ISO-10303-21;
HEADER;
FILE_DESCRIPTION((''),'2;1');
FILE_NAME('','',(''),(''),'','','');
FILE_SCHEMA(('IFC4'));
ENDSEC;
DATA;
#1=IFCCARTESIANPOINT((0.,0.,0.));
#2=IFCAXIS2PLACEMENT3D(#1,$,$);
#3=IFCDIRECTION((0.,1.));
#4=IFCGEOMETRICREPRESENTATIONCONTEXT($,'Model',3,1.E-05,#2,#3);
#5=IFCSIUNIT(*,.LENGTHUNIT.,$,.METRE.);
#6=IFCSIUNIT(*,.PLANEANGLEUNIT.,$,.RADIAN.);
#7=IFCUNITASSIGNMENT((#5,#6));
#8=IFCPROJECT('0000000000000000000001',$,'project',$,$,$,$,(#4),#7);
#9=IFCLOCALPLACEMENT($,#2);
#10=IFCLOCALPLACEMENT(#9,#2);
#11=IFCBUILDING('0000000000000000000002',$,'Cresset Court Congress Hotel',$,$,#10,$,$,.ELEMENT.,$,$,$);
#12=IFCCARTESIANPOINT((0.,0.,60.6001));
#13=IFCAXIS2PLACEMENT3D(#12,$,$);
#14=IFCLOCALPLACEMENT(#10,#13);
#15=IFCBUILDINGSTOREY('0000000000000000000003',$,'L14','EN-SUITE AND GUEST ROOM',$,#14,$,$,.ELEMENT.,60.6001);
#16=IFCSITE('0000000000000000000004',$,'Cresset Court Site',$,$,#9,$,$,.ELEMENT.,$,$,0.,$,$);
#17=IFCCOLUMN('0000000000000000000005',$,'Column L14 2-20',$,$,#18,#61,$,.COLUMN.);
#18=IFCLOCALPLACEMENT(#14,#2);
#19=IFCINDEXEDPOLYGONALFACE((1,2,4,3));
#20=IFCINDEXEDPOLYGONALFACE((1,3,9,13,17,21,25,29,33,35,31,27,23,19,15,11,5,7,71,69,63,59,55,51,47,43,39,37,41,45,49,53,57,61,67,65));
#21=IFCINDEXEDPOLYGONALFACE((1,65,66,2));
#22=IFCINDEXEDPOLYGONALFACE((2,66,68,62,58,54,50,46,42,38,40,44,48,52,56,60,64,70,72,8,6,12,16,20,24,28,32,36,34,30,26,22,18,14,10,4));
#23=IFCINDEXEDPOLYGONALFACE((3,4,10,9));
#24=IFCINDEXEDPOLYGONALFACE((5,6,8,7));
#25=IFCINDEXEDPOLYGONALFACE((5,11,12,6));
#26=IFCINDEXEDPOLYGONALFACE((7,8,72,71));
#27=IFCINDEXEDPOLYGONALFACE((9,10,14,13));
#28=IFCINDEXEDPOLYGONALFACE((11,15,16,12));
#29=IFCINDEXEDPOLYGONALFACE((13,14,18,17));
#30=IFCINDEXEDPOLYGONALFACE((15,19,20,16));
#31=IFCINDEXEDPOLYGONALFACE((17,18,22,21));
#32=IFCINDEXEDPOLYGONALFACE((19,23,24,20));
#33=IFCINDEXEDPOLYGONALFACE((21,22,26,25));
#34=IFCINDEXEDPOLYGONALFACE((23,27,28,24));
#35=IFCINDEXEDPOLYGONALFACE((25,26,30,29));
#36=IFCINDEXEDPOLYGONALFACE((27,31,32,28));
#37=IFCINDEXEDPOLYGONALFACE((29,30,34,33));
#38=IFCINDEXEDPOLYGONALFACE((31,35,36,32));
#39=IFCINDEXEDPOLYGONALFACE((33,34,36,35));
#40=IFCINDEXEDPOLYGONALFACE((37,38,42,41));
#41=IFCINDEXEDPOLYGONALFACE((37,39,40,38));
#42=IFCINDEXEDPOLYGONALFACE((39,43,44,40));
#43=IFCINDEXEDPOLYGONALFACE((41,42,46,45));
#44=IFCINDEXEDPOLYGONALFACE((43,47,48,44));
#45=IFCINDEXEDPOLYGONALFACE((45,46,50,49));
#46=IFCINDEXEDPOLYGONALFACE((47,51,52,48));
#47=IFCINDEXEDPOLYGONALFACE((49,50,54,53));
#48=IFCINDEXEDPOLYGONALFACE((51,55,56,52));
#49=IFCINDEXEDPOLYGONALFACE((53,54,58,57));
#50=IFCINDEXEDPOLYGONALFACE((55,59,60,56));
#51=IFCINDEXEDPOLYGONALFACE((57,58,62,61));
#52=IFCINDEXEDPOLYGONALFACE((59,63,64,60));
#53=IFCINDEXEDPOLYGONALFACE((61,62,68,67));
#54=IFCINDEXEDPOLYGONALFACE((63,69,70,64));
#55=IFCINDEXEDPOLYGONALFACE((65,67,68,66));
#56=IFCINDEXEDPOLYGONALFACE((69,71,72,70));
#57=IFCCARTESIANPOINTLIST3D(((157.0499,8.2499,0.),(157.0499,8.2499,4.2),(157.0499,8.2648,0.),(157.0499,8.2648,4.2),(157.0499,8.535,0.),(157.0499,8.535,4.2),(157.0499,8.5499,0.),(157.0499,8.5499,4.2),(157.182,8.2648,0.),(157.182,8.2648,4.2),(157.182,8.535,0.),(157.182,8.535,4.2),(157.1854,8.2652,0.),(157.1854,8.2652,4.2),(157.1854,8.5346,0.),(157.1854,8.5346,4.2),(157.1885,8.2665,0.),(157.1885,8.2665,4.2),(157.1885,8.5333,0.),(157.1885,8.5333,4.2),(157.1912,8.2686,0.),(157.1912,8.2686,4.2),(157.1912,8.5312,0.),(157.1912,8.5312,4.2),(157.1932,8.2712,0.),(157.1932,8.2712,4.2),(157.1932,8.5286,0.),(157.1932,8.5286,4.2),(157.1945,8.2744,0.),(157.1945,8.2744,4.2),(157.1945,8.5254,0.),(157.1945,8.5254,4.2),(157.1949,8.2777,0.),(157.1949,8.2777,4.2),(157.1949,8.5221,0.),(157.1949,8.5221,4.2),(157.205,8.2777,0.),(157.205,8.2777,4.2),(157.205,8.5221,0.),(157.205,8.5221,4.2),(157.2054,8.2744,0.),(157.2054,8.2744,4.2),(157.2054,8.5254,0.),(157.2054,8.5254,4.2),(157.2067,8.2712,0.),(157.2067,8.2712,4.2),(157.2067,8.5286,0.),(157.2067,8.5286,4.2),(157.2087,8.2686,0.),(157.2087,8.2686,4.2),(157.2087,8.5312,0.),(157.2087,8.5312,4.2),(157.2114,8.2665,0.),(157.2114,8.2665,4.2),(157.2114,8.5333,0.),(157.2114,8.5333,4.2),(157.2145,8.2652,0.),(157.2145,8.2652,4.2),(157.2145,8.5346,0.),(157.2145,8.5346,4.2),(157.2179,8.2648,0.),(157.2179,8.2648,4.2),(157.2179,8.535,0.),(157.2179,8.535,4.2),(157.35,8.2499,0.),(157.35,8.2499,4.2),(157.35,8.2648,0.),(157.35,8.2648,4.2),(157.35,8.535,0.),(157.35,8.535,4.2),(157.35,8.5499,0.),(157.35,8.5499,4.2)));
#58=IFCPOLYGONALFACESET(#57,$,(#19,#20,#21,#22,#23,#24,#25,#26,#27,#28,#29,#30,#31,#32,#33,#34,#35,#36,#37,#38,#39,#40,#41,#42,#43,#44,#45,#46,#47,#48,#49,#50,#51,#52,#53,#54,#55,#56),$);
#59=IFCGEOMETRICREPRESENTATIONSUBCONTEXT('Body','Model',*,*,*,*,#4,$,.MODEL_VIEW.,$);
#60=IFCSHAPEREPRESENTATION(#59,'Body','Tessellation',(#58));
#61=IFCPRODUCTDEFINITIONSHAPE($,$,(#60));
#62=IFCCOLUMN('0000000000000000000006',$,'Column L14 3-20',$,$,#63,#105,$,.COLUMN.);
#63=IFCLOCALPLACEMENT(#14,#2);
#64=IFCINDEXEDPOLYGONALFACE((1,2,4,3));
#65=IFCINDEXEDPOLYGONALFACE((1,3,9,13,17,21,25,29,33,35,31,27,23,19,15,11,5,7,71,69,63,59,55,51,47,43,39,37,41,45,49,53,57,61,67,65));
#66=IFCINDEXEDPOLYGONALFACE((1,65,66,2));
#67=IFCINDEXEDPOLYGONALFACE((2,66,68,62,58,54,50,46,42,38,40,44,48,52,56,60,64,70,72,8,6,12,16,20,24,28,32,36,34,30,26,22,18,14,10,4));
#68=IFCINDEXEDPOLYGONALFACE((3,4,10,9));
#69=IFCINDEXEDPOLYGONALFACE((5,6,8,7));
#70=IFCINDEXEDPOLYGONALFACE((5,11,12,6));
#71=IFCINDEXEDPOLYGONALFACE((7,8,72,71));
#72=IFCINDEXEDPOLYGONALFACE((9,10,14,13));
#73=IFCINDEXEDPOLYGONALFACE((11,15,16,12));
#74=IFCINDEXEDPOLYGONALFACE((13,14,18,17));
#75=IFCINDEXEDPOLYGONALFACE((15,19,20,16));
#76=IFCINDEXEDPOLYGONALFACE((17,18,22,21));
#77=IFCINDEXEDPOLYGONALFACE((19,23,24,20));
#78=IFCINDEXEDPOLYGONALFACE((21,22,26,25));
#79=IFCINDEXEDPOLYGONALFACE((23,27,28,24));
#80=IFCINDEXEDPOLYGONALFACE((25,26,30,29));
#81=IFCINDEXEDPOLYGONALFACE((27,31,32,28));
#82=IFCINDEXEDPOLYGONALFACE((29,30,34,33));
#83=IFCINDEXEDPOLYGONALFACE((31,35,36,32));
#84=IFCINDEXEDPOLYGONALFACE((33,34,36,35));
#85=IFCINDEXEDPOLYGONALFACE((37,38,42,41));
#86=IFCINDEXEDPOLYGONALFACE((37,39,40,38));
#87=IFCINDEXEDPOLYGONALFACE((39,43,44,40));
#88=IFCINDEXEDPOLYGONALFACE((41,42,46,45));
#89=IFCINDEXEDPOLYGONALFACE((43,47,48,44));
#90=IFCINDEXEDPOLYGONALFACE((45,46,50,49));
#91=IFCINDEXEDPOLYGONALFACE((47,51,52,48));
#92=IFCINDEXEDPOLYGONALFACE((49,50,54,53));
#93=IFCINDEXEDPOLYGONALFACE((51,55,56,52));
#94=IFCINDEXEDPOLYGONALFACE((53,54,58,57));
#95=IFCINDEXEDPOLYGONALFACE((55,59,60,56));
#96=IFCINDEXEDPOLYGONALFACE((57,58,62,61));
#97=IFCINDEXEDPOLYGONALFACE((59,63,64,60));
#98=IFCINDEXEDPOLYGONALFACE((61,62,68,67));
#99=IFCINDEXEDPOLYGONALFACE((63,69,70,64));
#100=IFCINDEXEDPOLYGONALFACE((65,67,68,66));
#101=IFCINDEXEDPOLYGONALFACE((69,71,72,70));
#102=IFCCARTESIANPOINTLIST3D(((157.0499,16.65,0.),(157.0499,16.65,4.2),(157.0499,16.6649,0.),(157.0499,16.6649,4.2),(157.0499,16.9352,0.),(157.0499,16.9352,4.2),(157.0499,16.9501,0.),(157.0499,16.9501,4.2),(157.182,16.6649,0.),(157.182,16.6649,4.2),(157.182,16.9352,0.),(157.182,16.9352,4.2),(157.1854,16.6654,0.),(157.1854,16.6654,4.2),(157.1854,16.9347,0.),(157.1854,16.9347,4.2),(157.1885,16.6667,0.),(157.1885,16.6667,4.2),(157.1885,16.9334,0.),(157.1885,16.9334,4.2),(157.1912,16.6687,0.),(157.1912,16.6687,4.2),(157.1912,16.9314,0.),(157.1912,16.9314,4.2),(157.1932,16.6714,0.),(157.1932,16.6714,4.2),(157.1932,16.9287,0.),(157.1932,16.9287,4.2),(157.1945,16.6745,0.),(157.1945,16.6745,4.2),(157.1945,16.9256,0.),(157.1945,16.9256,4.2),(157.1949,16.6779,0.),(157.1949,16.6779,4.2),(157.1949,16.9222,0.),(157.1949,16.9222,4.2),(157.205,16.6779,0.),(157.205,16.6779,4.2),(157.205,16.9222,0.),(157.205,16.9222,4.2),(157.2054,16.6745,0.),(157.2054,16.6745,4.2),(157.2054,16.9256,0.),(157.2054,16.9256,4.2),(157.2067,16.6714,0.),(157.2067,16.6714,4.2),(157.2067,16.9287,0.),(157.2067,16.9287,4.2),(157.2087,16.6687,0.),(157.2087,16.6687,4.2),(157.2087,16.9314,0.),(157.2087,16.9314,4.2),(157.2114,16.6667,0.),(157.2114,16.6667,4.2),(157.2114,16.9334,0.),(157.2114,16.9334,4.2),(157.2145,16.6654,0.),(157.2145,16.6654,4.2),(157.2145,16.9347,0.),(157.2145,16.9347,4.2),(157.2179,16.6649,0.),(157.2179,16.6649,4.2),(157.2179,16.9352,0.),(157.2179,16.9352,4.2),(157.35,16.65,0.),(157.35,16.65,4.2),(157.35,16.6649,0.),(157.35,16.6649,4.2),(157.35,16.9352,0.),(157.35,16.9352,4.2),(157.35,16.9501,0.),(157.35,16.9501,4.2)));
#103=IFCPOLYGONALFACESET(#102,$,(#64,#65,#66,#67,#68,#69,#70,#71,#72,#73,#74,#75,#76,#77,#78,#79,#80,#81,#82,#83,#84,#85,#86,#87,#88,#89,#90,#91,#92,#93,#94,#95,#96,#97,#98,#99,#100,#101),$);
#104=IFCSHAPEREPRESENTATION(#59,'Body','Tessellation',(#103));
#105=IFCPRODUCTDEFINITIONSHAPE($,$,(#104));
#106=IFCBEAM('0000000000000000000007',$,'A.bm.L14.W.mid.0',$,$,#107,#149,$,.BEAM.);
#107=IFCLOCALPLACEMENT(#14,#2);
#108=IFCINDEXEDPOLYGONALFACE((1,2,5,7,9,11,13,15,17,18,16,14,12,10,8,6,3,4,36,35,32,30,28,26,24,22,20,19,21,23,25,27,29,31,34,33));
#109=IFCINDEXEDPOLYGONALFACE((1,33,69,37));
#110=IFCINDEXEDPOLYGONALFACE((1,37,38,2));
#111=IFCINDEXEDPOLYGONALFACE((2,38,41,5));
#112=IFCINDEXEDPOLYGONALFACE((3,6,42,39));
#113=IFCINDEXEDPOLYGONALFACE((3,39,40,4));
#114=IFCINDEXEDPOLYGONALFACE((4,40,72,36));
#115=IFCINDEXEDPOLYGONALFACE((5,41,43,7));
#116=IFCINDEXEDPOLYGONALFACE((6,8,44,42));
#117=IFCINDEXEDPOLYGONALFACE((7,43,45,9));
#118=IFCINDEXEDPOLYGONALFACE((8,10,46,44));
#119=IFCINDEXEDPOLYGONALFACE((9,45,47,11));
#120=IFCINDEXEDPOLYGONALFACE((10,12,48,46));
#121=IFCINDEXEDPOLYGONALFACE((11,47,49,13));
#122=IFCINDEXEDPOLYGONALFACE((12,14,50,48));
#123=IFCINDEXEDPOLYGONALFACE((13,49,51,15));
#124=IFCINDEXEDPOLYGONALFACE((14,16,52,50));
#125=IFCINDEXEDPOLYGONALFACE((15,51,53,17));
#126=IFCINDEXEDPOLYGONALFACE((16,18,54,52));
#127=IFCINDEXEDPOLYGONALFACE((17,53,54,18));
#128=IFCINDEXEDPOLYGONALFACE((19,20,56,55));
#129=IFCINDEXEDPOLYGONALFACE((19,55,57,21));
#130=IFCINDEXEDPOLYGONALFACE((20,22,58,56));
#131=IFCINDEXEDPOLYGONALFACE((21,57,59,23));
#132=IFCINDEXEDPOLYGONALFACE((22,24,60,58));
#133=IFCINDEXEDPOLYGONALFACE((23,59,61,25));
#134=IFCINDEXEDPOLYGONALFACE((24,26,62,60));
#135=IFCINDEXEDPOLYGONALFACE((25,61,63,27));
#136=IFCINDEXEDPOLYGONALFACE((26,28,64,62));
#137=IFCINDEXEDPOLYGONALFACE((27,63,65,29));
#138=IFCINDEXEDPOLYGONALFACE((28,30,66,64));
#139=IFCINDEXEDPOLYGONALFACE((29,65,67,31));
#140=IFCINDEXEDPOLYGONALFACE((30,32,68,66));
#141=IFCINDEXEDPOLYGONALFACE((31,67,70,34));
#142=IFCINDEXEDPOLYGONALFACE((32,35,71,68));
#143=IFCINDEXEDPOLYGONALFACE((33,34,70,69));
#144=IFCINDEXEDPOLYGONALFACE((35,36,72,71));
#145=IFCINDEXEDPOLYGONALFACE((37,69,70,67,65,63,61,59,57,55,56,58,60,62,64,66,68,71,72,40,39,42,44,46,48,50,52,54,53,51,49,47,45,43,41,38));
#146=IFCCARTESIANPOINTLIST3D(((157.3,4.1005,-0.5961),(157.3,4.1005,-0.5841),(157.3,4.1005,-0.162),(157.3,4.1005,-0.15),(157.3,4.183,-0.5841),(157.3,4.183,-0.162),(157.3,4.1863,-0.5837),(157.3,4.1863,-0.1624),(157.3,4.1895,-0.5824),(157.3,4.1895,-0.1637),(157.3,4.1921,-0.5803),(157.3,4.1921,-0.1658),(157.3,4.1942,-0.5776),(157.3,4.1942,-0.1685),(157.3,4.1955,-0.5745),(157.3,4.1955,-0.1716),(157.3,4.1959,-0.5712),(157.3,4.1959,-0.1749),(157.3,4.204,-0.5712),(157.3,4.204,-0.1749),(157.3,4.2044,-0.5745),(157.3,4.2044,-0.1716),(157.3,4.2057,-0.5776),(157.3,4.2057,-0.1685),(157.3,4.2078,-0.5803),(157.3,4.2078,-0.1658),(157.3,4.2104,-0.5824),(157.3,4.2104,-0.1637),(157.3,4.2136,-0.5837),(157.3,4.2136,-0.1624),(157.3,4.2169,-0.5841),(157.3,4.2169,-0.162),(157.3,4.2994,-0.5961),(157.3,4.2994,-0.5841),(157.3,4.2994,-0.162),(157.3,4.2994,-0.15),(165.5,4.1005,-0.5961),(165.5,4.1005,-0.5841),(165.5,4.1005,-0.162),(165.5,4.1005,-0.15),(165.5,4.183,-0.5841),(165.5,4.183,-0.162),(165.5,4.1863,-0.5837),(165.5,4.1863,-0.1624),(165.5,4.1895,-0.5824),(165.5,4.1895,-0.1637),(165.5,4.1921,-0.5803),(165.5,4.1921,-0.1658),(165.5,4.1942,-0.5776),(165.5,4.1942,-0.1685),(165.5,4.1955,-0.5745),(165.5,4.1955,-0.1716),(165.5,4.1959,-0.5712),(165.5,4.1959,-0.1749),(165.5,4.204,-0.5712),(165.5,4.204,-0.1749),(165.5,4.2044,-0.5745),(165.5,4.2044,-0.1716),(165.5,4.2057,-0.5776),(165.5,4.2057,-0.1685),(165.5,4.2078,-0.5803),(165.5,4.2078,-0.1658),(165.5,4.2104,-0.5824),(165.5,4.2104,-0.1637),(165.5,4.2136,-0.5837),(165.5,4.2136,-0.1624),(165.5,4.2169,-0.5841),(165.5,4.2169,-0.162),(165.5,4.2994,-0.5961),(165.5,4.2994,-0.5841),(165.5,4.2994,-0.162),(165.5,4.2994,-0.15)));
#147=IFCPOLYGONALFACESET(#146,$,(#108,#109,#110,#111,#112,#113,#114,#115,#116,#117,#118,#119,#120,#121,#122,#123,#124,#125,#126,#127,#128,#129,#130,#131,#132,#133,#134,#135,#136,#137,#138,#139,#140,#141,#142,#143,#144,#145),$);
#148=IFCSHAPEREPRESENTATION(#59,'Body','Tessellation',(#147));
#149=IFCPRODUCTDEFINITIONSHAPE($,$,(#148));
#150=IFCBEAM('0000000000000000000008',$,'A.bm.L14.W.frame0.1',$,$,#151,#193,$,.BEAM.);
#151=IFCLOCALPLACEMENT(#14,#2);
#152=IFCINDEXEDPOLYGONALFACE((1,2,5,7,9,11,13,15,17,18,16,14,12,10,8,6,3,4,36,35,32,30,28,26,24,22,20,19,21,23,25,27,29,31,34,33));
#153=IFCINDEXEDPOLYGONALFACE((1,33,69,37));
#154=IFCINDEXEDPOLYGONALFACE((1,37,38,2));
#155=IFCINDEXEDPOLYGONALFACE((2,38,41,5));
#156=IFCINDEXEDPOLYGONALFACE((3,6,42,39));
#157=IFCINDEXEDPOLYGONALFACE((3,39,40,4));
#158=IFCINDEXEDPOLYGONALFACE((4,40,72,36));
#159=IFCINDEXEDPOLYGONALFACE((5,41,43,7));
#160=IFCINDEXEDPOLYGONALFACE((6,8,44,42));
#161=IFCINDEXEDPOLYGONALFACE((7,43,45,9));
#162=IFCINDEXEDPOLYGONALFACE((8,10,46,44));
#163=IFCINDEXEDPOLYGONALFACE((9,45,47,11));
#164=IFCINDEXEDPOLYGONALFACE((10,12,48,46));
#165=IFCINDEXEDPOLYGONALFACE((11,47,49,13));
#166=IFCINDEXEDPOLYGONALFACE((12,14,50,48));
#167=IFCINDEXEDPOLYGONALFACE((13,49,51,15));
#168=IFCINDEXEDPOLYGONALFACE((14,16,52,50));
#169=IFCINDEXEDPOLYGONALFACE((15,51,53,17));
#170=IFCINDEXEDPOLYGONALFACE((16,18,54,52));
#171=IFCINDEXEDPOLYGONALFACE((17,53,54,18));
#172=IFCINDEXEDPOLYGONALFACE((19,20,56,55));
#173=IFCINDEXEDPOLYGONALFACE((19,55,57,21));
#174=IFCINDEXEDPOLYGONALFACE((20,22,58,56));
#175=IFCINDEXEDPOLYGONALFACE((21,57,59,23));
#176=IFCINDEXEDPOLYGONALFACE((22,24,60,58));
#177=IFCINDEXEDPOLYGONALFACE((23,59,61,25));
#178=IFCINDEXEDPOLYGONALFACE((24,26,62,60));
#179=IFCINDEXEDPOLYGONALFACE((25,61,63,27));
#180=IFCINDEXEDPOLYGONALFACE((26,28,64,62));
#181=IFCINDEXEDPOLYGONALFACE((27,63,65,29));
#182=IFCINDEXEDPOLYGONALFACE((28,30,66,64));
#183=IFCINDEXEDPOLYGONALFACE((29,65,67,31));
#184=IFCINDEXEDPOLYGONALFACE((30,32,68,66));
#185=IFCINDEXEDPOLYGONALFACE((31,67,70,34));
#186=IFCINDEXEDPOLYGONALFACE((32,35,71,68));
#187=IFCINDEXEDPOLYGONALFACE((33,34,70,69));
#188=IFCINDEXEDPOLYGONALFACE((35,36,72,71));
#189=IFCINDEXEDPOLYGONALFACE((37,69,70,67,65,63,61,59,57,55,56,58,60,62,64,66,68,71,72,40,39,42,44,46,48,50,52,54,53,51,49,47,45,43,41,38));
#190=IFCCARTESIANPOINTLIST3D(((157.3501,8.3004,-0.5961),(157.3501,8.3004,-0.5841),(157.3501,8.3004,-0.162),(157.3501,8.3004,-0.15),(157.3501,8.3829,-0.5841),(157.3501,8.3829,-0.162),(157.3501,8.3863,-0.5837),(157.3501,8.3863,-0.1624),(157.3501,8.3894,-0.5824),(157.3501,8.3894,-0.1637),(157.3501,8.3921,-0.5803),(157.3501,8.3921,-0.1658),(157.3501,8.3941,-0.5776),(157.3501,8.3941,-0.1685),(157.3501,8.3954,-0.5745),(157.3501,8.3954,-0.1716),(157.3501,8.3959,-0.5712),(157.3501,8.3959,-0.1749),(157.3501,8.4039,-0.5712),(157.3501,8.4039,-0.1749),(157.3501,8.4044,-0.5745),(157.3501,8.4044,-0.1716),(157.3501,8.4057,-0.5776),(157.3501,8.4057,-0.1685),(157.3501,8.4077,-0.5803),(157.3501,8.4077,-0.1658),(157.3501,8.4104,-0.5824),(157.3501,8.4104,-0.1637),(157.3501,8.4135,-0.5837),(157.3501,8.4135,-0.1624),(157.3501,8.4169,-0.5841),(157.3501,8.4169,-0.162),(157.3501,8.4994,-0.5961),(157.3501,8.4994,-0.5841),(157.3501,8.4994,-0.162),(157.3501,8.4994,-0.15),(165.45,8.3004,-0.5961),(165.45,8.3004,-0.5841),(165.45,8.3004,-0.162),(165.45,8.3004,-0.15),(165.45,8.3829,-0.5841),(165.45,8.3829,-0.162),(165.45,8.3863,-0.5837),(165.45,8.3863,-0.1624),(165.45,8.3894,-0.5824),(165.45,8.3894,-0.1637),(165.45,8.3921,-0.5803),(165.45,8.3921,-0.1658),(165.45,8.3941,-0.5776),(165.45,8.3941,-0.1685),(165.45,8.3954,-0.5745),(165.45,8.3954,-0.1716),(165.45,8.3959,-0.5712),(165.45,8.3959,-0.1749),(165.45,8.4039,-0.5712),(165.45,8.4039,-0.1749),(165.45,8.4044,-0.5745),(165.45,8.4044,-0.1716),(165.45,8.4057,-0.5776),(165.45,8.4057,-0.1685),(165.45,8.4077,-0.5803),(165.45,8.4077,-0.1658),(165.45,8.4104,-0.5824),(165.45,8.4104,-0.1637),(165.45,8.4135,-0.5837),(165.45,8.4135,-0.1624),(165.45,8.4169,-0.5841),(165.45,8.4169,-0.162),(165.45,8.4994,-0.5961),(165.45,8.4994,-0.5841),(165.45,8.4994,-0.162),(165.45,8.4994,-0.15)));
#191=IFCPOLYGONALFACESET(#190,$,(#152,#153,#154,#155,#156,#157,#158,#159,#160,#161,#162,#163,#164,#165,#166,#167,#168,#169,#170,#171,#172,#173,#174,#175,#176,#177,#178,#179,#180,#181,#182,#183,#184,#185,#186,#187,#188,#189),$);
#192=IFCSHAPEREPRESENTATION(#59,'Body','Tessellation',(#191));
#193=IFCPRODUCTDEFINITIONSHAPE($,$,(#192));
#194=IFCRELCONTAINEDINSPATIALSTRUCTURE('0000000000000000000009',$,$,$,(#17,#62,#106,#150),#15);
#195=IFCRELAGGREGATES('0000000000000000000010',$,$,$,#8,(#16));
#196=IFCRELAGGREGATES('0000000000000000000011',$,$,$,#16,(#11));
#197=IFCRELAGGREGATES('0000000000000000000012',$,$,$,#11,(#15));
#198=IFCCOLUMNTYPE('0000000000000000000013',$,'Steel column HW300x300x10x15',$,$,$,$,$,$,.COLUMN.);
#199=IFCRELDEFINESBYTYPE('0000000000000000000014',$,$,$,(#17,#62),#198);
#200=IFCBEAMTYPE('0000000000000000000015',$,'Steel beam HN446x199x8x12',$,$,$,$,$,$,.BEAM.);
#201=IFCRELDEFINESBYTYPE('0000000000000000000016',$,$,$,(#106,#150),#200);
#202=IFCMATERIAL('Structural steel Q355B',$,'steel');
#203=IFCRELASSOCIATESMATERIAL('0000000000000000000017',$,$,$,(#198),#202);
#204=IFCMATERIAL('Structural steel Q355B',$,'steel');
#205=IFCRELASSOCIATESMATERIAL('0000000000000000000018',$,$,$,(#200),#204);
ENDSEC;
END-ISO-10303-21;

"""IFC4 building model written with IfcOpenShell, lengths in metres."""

from ifc_helpers import new_model, si_unit, direction, frame, origin, origin_2d, place, context, subcontext, project, spatial, i_section, extrude, material, material_profile, profile_set, type_object, element, save


model = new_model("IFC4")

# Units and contexts
model_context = context("Model", 3, precision=1e-05, world=origin(), true_north=direction((0.0, 1.0)))
body_context = subcontext(model_context, "Body", "Model", "MODEL_VIEW")
ifc_project = project(units=[si_unit("LENGTHUNIT", "METRE"), si_unit("PLANEANGLEUNIT", "RADIAN")], contexts=[model_context])

# Site, building, storey
site_placement = place(None, origin())
site = spatial("IfcSite", under=ifc_project, at=site_placement, Name="Cresset Court Site", CompositionType="ELEMENT", RefElevation=0.0)
building_placement = place(site_placement, origin())
building = spatial("IfcBuilding", under=site, at=building_placement, Name="Cresset Court Congress Hotel", CompositionType="ELEMENT")
storey_placement = place(building_placement, frame((0.0, 0.0, 60.6001)))
storey = spatial("IfcBuildingStorey", under=building, at=storey_placement, Name="L14", Description="EN-SUITE AND GUEST ROOM", CompositionType="ELEMENT", Elevation=60.6001)

# Columns
ifc_material_1 = material(Name="Structural steel Q355B", Category="steel")
ifc_material_profile_1 = material_profile(ifc_material_1, i_section(OverallWidth=0.3, OverallDepth=0.3, WebThickness=0.01, FlangeThickness=0.0149, FilletRadius=0.0129, at=origin_2d()), Name="HW300x300x10x15")
ifc_profile_set_1 = profile_set([ifc_material_profile_1], Name="Structural steel Q355B")
column_type = type_object("IfcColumnType", Name="Steel column HW300x300x10x15", PredefinedType="COLUMN", material=ifc_profile_set_1)
for number, where, z_axis, x_axis, name in (
    (1, (157.2, 8.3999, 0.0), (0.0, 0.0, 1.0), (1.0, 0.0, 0.0), "Column L14 2-20"),
    (2, (157.2, 16.8, 0.0), (0.0, 0.0, 1.0), (1.0, 0.0, 0.0), "Column L14 3-20"),
):
    element("IfcColumn", number, at=place(storey_placement, frame(where, z_axis=z_axis, x_axis=x_axis)), inside=storey, type_object=column_type, Name=name, PredefinedType="COLUMN", context=body_context, shape_type="SweptSolid", body=[
        extrude(i_section(OverallWidth=0.3, OverallDepth=0.3, WebThickness=0.01, FlangeThickness=0.0149, FilletRadius=0.0129, at=origin_2d()), origin(), (0.0, 0.0, 1.0), 4.2),
    ])

# Beams
ifc_material_2 = material(Name="Structural steel Q355B", Category="steel")
ifc_material_profile_2 = material_profile(ifc_material_2, i_section(OverallWidth=0.199, OverallDepth=0.446, WebThickness=0.0081, FlangeThickness=0.012, FilletRadius=0.0129, at=origin_2d()), Name="HN446x199x8x12")
ifc_profile_set_2 = profile_set([ifc_material_profile_2], Name="Structural steel Q355B")
beam_type_1 = type_object("IfcBeamType", Name="Steel beam HN446x199x8x12", PredefinedType="BEAM", material=ifc_profile_set_2)
beam_1_placement = place(storey_placement, frame((157.3, 4.2, -0.373), z_axis=(1.0, 0.0, 0.0), x_axis=(0.0, 1.0, 0.0)))
element("IfcBeam", 3, at=beam_1_placement, inside=storey, type_object=beam_type_1, Name="A.bm.L14.W.mid.0", PredefinedType="BEAM", context=body_context, shape_type="SweptSolid", body=[
    extrude(i_section(OverallWidth=0.199, OverallDepth=0.446, WebThickness=0.0081, FlangeThickness=0.012, FilletRadius=0.0129, at=origin_2d()), origin(), (0.0, 0.0, 1.0), 8.2),
])
beam_2_placement = place(storey_placement, frame((157.3501, 8.3999, -0.373), z_axis=(1.0, 0.0, 0.0), x_axis=(0.0, 1.0, 0.0)))
element("IfcBeam", 4, at=beam_2_placement, inside=storey, type_object=beam_type_1, Name="A.bm.L14.W.frame0.1", PredefinedType="BEAM", context=body_context, shape_type="SweptSolid", body=[
    extrude(i_section(OverallWidth=0.199, OverallDepth=0.446, WebThickness=0.0081, FlangeThickness=0.012, FilletRadius=0.0129, at=origin_2d()), origin(), (0.0, 0.0, 1.0), 8.0999),
])

save(model, "model.ifc")
